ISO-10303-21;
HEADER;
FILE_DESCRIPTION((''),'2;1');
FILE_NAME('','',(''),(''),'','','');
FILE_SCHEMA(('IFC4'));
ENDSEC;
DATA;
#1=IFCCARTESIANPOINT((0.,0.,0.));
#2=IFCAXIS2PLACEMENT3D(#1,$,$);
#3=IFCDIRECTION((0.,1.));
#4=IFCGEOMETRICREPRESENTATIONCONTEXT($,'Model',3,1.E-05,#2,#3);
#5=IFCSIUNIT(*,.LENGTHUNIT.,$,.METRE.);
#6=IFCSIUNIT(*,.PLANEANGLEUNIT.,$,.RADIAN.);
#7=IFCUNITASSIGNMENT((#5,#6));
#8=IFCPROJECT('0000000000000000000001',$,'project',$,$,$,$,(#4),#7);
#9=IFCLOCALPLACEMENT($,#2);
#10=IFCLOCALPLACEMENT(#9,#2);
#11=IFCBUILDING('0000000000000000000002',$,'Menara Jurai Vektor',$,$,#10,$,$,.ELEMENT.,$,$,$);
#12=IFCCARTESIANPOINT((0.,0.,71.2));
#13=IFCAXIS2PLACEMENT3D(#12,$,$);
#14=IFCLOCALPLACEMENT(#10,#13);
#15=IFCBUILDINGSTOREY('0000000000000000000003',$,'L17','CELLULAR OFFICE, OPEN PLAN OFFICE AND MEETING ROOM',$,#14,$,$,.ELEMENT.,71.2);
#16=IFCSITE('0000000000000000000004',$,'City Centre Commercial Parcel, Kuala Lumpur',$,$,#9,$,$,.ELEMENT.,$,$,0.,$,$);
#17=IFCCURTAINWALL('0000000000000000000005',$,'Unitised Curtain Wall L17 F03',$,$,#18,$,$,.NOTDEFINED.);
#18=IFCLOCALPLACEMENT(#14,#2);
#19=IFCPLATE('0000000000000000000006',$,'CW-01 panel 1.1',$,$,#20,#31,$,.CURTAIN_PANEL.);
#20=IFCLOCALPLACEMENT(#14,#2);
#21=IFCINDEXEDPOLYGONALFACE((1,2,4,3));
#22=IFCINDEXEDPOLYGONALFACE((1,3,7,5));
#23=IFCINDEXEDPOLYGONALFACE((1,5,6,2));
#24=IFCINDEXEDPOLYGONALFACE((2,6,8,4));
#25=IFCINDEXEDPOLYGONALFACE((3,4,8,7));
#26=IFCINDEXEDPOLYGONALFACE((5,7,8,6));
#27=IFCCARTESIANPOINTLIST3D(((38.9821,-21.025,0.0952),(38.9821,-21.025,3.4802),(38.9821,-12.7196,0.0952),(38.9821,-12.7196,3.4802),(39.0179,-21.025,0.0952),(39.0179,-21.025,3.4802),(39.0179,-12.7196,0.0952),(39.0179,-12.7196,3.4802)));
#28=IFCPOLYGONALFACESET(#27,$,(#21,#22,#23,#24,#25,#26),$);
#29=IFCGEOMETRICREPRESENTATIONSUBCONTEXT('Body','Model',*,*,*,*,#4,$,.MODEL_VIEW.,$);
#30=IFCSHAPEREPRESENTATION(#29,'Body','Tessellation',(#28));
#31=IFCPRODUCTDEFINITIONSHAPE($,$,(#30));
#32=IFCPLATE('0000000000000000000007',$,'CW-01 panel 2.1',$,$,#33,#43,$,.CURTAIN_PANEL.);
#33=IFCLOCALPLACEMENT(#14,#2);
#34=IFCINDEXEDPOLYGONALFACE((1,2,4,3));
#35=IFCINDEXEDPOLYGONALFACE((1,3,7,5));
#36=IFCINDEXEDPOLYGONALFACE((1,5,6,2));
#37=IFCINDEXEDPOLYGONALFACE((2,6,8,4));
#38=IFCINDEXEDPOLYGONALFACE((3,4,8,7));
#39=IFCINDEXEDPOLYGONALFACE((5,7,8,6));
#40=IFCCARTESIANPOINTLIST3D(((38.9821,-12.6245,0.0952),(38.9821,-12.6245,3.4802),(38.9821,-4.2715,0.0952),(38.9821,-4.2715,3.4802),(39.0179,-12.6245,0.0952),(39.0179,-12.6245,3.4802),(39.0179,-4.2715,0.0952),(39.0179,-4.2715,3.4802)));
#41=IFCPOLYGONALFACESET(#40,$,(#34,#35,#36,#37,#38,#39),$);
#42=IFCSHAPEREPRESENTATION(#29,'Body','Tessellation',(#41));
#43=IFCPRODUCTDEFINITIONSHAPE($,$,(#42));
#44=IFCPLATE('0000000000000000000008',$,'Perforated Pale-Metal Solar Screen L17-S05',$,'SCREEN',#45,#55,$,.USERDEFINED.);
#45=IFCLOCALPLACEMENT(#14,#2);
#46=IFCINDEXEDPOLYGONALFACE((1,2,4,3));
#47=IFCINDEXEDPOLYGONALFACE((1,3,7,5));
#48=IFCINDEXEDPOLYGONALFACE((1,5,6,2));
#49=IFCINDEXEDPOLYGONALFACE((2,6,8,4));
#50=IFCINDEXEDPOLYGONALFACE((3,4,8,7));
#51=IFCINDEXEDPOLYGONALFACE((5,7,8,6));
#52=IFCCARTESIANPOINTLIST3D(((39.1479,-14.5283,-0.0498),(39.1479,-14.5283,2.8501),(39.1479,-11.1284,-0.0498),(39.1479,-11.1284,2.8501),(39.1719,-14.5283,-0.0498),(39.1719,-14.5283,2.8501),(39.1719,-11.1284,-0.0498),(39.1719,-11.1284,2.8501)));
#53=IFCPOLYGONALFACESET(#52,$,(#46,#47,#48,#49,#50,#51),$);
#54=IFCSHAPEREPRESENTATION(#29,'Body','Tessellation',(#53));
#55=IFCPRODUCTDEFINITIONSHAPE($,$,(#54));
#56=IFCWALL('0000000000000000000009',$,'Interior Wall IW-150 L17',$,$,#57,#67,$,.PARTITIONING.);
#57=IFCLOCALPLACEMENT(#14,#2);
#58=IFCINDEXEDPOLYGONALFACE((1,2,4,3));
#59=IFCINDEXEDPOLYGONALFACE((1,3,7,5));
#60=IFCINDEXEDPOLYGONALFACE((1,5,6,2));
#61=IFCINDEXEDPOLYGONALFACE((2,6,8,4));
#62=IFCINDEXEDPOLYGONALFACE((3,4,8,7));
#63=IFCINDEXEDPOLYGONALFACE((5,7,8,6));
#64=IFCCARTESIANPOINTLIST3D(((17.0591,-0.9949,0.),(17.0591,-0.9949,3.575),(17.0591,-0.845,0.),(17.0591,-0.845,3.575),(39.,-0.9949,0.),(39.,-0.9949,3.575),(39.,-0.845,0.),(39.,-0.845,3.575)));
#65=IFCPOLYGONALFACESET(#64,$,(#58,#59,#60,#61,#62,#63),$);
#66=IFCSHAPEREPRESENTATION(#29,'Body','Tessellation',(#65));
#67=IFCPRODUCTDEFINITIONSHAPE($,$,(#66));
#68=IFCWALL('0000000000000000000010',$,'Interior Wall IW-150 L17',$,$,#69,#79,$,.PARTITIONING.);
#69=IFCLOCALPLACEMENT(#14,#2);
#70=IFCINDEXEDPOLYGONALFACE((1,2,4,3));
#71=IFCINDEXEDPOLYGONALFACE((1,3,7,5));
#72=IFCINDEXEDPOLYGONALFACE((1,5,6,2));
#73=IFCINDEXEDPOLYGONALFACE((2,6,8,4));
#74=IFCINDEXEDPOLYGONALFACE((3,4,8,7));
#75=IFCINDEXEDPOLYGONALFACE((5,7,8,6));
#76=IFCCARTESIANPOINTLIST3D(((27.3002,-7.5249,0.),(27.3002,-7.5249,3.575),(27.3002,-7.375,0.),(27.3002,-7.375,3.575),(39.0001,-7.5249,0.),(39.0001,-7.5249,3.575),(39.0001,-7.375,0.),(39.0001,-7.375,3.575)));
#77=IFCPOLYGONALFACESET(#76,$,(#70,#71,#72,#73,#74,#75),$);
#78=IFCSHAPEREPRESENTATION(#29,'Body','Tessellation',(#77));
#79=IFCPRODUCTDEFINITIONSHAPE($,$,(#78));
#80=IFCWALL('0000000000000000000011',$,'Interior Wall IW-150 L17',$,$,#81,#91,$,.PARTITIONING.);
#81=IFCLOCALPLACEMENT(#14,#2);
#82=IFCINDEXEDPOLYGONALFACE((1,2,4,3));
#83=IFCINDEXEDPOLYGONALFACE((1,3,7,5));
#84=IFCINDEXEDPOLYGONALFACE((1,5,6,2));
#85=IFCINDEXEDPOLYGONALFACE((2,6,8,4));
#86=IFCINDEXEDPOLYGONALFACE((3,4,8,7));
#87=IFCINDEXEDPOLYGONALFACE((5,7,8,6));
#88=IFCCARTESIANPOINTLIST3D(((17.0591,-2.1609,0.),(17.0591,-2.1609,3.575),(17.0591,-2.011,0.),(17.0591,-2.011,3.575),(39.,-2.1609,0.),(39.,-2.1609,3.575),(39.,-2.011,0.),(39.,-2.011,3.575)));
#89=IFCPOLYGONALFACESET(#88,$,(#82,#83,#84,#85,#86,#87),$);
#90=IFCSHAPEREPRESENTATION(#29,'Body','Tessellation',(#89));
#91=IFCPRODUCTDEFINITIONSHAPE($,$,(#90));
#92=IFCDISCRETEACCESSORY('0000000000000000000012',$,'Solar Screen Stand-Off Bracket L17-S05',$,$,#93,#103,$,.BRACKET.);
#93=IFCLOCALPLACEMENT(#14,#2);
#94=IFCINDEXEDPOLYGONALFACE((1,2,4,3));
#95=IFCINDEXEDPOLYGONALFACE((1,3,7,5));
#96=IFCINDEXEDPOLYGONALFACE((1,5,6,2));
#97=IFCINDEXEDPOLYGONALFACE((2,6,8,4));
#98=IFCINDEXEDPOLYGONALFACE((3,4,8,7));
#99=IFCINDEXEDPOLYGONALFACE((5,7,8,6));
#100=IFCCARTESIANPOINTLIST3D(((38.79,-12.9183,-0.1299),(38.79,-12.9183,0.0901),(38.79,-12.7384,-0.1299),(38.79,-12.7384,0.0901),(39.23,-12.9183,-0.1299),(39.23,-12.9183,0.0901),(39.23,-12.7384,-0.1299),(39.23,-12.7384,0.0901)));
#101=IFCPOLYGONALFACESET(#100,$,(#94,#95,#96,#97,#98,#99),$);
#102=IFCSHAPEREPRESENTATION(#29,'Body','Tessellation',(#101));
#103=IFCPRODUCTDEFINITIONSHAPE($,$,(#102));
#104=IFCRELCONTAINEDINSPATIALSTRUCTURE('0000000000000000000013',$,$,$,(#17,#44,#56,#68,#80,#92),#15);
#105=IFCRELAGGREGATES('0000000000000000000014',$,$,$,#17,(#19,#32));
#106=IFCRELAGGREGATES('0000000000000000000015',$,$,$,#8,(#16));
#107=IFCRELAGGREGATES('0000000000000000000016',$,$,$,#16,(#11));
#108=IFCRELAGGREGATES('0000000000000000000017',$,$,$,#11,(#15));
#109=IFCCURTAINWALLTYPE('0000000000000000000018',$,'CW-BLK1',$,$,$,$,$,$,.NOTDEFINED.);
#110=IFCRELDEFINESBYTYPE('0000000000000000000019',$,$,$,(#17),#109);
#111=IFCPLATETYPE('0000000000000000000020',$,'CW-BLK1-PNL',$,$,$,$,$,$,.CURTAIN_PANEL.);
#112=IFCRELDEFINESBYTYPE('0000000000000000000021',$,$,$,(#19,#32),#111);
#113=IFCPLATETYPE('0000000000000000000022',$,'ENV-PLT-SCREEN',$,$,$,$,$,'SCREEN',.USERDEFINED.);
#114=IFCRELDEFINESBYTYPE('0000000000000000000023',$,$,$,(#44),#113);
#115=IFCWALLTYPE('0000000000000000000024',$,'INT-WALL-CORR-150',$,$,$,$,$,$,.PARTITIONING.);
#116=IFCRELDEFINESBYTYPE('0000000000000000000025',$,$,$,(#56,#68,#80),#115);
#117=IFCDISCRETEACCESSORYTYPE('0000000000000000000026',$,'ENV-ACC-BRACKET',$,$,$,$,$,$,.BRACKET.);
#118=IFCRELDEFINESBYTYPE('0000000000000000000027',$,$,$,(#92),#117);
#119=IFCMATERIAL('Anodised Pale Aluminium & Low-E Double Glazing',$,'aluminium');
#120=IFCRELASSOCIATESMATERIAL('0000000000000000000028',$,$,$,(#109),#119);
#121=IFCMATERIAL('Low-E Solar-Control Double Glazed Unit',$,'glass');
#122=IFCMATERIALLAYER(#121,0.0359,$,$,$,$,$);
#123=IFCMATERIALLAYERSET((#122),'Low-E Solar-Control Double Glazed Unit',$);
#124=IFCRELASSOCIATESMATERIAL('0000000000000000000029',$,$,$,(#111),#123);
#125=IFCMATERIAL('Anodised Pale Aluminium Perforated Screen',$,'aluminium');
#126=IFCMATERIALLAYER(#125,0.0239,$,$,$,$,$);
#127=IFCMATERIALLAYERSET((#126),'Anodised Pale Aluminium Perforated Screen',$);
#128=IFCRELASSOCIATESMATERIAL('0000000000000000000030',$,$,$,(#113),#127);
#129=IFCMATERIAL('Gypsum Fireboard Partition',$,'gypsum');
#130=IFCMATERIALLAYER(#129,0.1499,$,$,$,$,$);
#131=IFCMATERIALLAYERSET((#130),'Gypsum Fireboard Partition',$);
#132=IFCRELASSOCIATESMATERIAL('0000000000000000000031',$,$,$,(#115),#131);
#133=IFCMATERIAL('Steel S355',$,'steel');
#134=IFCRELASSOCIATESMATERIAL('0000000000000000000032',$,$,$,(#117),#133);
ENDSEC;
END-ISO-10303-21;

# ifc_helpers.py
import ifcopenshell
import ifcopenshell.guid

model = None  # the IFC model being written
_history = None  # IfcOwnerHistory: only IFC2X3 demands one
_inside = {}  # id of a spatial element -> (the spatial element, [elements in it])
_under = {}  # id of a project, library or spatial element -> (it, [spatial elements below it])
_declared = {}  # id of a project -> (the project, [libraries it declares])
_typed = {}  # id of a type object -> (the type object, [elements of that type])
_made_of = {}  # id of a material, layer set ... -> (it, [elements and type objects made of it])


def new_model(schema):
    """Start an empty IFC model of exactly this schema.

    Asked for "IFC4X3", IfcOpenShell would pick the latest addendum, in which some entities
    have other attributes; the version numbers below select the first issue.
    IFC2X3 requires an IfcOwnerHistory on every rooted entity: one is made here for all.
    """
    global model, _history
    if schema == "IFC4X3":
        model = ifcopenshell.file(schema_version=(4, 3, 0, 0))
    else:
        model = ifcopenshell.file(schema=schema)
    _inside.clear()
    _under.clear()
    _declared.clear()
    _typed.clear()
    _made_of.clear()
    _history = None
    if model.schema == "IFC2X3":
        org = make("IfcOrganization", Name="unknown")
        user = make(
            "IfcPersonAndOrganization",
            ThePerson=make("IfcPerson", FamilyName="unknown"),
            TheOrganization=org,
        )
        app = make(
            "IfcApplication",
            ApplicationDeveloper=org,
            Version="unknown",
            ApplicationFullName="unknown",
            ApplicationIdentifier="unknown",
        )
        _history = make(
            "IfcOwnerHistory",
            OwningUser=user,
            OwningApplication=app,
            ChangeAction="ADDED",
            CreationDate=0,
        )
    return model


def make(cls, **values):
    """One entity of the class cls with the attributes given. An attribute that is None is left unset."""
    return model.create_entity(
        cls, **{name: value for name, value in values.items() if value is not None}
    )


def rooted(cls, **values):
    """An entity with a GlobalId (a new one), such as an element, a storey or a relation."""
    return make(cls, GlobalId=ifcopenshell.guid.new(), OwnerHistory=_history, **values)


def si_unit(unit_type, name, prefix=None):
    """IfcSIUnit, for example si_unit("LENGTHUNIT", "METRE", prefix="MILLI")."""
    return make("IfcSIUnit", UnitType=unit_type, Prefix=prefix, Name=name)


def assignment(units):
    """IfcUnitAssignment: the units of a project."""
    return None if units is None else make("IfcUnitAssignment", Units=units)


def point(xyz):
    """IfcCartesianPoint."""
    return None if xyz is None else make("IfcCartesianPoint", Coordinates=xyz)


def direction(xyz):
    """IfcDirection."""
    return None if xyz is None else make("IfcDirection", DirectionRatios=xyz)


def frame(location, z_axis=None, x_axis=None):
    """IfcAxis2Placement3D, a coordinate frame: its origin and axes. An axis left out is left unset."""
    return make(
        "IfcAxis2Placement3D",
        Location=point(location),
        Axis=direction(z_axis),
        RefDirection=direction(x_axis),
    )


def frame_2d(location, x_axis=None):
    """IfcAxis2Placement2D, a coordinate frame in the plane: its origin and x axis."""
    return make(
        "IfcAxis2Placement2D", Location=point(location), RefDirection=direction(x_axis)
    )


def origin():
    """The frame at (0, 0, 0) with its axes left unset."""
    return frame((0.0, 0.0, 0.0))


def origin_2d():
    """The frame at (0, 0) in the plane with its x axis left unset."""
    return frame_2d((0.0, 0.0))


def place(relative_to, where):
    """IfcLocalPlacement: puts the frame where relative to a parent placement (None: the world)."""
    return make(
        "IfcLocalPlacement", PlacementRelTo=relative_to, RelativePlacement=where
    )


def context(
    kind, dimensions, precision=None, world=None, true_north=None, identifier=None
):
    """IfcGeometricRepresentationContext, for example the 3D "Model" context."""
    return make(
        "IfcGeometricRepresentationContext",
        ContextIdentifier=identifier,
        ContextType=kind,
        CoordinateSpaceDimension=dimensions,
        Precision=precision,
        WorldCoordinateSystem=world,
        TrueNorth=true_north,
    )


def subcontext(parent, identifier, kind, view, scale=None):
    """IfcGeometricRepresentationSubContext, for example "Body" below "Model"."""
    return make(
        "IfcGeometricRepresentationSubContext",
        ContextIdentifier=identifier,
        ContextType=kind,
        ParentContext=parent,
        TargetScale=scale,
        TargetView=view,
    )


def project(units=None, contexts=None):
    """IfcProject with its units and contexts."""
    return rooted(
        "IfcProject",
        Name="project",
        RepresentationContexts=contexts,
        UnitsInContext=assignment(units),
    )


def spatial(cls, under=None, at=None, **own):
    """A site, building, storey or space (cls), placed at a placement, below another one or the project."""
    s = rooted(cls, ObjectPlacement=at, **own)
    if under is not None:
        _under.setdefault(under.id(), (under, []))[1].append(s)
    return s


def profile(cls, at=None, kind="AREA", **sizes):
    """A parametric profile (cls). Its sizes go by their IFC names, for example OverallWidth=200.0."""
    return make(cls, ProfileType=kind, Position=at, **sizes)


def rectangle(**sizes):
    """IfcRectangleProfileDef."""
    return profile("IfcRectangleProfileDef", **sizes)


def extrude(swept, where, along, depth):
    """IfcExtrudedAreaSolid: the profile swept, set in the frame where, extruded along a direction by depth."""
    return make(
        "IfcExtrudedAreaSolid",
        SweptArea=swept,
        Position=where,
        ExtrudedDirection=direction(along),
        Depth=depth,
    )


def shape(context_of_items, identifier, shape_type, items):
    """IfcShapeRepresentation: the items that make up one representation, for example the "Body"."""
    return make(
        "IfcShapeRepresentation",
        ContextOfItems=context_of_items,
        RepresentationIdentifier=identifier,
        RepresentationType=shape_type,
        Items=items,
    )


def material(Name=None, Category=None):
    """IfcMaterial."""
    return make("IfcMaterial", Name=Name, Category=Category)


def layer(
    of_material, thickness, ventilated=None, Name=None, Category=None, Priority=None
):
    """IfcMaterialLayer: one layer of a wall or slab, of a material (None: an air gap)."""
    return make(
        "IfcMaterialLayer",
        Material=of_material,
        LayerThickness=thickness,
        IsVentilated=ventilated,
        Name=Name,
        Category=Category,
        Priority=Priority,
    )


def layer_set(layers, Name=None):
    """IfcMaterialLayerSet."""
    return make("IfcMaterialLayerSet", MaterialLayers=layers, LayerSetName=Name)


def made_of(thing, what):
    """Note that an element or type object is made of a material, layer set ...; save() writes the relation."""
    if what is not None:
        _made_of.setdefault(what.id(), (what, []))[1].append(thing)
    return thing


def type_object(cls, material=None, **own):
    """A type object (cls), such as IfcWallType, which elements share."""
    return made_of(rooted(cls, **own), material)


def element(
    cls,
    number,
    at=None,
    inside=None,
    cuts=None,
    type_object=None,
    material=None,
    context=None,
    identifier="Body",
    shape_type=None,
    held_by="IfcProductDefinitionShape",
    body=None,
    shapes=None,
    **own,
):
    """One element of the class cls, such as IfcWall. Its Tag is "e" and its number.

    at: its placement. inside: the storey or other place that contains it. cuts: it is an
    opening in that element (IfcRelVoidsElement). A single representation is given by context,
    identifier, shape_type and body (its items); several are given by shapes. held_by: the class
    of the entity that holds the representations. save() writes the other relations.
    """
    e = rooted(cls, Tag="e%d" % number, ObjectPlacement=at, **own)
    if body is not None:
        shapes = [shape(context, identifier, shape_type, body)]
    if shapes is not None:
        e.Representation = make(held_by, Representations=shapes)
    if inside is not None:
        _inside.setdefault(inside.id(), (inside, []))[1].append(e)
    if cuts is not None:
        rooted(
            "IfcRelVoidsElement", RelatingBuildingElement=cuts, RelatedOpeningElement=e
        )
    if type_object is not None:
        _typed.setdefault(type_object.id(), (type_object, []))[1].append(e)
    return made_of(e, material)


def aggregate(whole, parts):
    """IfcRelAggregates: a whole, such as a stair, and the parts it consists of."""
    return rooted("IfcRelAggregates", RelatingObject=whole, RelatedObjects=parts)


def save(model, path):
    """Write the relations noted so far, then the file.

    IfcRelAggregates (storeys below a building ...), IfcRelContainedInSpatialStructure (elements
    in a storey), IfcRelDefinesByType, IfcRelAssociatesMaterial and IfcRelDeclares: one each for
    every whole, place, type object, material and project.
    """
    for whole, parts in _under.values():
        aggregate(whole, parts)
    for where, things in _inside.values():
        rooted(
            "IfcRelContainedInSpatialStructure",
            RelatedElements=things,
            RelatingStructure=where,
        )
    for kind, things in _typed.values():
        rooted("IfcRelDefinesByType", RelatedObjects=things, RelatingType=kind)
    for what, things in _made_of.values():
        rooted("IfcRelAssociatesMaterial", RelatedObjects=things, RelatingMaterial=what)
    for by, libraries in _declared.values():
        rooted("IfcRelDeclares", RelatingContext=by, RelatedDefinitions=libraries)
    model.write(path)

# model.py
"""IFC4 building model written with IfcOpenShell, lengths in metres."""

from ifc_helpers import new_model, si_unit, direction, frame, frame_2d, origin, origin_2d, place, context, subcontext, project, spatial, rectangle, extrude, material, layer, layer_set, type_object, element, aggregate, save


model = new_model("IFC4")

# Units and contexts
model_context = context("Model", 3, precision=1e-05, world=origin(), true_north=direction((0.0, 1.0)))
body_context = subcontext(model_context, "Body", "Model", "MODEL_VIEW")
ifc_project = project(units=[si_unit("LENGTHUNIT", "METRE"), si_unit("PLANEANGLEUNIT", "RADIAN")], contexts=[model_context])

# Site, building, storey
site_placement = place(None, origin())
site = spatial("IfcSite", under=ifc_project, at=site_placement, Name="City Centre Commercial Parcel, Kuala Lumpur", CompositionType="ELEMENT", RefElevation=0.0)
building_placement = place(site_placement, origin())
building = spatial("IfcBuilding", under=site, at=building_placement, Name="Menara Jurai Vektor", CompositionType="ELEMENT")
storey_placement = place(building_placement, frame((0.0, 0.0, 71.2)))
storey = spatial("IfcBuildingStorey", under=building, at=storey_placement, Name="L17", Description="CELLULAR OFFICE, OPEN PLAN OFFICE AND MEETING ROOM", CompositionType="ELEMENT", Elevation=71.2)

# Curtain wall
ifc_material_1 = material(Name="Anodised Pale Aluminium & Low-E Double Glazing", Category="aluminium")
curtain_wall_type = type_object("IfcCurtainWallType", Name="CW-BLK1", PredefinedType="NOTDEFINED", material=ifc_material_1)
curtain_wall_placement = place(storey_placement, origin())
curtain_wall = element("IfcCurtainWall", 1, at=curtain_wall_placement, inside=storey, type_object=curtain_wall_type, Name="Unitised Curtain Wall L17 F03", PredefinedType="NOTDEFINED")

# Shared definitions
ifc_material_2 = material(Name="Steel S355", Category="steel")

# Plates
ifc_material_3 = material(Name="Low-E Solar-Control Double Glazed Unit", Category="glass")
ifc_layer_1 = layer(ifc_material_3, 0.0359)
ifc_layer_set_1 = layer_set([ifc_layer_1], Name="Low-E Solar-Control Double Glazed Unit")
plate_type_1 = type_object("IfcPlateType", Name="CW-BLK1-PNL", PredefinedType="CURTAIN_PANEL", material=ifc_layer_set_1)
plate_1_placement = place(storey_placement, frame((39.0, -16.8723, 0.0952), z_axis=(0.0, 0.0, 1.0), x_axis=(0.0, 1.0, 0.0)))
plate_1 = element("IfcPlate", 2, at=plate_1_placement, type_object=plate_type_1, Name="CW-01 panel 1.1", PredefinedType="CURTAIN_PANEL", context=body_context, shape_type="SweptSolid", body=[
    extrude(rectangle(XDim=8.3054, YDim=0.0359, at=origin_2d()), origin(), (0.0, 0.0, 1.0), 3.385),
])
plate_2_placement = place(storey_placement, frame((39.0, -8.448, 0.0952), z_axis=(0.0, 0.0, 1.0), x_axis=(0.0, 1.0, 0.0)))
plate_2 = element("IfcPlate", 3, at=plate_2_placement, type_object=plate_type_1, Name="CW-01 panel 2.1", PredefinedType="CURTAIN_PANEL", context=body_context, shape_type="SweptSolid", body=[
    extrude(rectangle(XDim=8.353, YDim=0.0359, at=origin_2d()), origin(), (0.0, 0.0, 1.0), 3.385),
])
aggregate(curtain_wall, [plate_1, plate_2])
ifc_material_4 = material(Name="Anodised Pale Aluminium Perforated Screen", Category="aluminium")
ifc_layer_2 = layer(ifc_material_4, 0.0239)
ifc_layer_set_2 = layer_set([ifc_layer_2], Name="Anodised Pale Aluminium Perforated Screen")
plate_type_2 = type_object("IfcPlateType", Name="ENV-PLT-SCREEN", ElementType="SCREEN", PredefinedType="USERDEFINED", material=ifc_layer_set_2)
plate_3_placement = place(storey_placement, frame((39.1599, -12.8284, -0.0498), z_axis=(0.0, 0.0, 1.0), x_axis=(0.0, 1.0, 0.0)))
element("IfcPlate", 4, at=plate_3_placement, inside=storey, type_object=plate_type_2, Name="Perforated Pale-Metal Solar Screen L17-S05", ObjectType="SCREEN", PredefinedType="USERDEFINED", context=body_context, shape_type="SweptSolid", body=[
    extrude(rectangle(XDim=3.3999, YDim=0.0239, at=origin_2d()), origin(), (0.0, 0.0, 1.0), 2.8999),
])

# Walls
ifc_material_5 = material(Name="Gypsum Fireboard Partition", Category="gypsum")
ifc_layer_3 = layer(ifc_material_5, 0.1499)
ifc_layer_set_3 = layer_set([ifc_layer_3], Name="Gypsum Fireboard Partition")
wall_type = type_object("IfcWallType", Name="INT-WALL-CORR-150", PredefinedType="PARTITIONING", material=ifc_layer_set_3)
wall_1_placement = place(storey_placement, frame((17.0591, -0.9199, 0.0), z_axis=(0.0, 0.0, 1.0), x_axis=(1.0, 0.0, 0.0)))
element("IfcWall", 5, at=wall_1_placement, inside=storey, type_object=wall_type, Name="Interior Wall IW-150 L17", PredefinedType="PARTITIONING", context=body_context, shape_type="SweptSolid", body=[
    extrude(rectangle(XDim=21.9409, YDim=0.1499, at=frame_2d((10.9705, 0.0))), origin(), (0.0, 0.0, 1.0), 3.575),
])
wall_2_placement = place(storey_placement, frame((27.3, -7.45, 0.0), z_axis=(0.0, 0.0, 1.0), x_axis=(1.0, 0.0, 0.0)))
element("IfcWall", 6, at=wall_2_placement, inside=storey, type_object=wall_type, Name="Interior Wall IW-150 L17", PredefinedType="PARTITIONING", context=body_context, shape_type="SweptSolid", body=[
    extrude(rectangle(XDim=11.7, YDim=0.1499, at=frame_2d((5.8501, 0.0))), origin(), (0.0, 0.0, 1.0), 3.575),
])
wall_3_placement = place(storey_placement, frame((17.0591, -2.0859, 0.0), z_axis=(0.0, 0.0, 1.0), x_axis=(1.0, 0.0, 0.0)))
element("IfcWall", 7, at=wall_3_placement, inside=storey, type_object=wall_type, Name="Interior Wall IW-150 L17", PredefinedType="PARTITIONING", context=body_context, shape_type="SweptSolid", body=[
    extrude(rectangle(XDim=21.9409, YDim=0.1499, at=frame_2d((10.9705, 0.0))), origin(), (0.0, 0.0, 1.0), 3.575),
])

# Discrete accessory
discrete_accessory_type = type_object("IfcDiscreteAccessoryType", Name="ENV-ACC-BRACKET", PredefinedType="BRACKET", material=ifc_material_2)
discrete_accessory_placement = place(storey_placement, frame((39.01, -12.8284, -0.1299), z_axis=(0.0, 0.0, 1.0), x_axis=(0.0, 1.0, 0.0)))
element("IfcDiscreteAccessory", 8, at=discrete_accessory_placement, inside=storey, type_object=discrete_accessory_type, Name="Solar Screen Stand-Off Bracket L17-S05", PredefinedType="BRACKET", context=body_context, shape_type="SweptSolid", body=[
    extrude(rectangle(XDim=0.1799, YDim=0.4399, at=origin_2d()), origin(), (0.0, 0.0, 1.0), 0.22),
])

save(model, "model.ifc")
